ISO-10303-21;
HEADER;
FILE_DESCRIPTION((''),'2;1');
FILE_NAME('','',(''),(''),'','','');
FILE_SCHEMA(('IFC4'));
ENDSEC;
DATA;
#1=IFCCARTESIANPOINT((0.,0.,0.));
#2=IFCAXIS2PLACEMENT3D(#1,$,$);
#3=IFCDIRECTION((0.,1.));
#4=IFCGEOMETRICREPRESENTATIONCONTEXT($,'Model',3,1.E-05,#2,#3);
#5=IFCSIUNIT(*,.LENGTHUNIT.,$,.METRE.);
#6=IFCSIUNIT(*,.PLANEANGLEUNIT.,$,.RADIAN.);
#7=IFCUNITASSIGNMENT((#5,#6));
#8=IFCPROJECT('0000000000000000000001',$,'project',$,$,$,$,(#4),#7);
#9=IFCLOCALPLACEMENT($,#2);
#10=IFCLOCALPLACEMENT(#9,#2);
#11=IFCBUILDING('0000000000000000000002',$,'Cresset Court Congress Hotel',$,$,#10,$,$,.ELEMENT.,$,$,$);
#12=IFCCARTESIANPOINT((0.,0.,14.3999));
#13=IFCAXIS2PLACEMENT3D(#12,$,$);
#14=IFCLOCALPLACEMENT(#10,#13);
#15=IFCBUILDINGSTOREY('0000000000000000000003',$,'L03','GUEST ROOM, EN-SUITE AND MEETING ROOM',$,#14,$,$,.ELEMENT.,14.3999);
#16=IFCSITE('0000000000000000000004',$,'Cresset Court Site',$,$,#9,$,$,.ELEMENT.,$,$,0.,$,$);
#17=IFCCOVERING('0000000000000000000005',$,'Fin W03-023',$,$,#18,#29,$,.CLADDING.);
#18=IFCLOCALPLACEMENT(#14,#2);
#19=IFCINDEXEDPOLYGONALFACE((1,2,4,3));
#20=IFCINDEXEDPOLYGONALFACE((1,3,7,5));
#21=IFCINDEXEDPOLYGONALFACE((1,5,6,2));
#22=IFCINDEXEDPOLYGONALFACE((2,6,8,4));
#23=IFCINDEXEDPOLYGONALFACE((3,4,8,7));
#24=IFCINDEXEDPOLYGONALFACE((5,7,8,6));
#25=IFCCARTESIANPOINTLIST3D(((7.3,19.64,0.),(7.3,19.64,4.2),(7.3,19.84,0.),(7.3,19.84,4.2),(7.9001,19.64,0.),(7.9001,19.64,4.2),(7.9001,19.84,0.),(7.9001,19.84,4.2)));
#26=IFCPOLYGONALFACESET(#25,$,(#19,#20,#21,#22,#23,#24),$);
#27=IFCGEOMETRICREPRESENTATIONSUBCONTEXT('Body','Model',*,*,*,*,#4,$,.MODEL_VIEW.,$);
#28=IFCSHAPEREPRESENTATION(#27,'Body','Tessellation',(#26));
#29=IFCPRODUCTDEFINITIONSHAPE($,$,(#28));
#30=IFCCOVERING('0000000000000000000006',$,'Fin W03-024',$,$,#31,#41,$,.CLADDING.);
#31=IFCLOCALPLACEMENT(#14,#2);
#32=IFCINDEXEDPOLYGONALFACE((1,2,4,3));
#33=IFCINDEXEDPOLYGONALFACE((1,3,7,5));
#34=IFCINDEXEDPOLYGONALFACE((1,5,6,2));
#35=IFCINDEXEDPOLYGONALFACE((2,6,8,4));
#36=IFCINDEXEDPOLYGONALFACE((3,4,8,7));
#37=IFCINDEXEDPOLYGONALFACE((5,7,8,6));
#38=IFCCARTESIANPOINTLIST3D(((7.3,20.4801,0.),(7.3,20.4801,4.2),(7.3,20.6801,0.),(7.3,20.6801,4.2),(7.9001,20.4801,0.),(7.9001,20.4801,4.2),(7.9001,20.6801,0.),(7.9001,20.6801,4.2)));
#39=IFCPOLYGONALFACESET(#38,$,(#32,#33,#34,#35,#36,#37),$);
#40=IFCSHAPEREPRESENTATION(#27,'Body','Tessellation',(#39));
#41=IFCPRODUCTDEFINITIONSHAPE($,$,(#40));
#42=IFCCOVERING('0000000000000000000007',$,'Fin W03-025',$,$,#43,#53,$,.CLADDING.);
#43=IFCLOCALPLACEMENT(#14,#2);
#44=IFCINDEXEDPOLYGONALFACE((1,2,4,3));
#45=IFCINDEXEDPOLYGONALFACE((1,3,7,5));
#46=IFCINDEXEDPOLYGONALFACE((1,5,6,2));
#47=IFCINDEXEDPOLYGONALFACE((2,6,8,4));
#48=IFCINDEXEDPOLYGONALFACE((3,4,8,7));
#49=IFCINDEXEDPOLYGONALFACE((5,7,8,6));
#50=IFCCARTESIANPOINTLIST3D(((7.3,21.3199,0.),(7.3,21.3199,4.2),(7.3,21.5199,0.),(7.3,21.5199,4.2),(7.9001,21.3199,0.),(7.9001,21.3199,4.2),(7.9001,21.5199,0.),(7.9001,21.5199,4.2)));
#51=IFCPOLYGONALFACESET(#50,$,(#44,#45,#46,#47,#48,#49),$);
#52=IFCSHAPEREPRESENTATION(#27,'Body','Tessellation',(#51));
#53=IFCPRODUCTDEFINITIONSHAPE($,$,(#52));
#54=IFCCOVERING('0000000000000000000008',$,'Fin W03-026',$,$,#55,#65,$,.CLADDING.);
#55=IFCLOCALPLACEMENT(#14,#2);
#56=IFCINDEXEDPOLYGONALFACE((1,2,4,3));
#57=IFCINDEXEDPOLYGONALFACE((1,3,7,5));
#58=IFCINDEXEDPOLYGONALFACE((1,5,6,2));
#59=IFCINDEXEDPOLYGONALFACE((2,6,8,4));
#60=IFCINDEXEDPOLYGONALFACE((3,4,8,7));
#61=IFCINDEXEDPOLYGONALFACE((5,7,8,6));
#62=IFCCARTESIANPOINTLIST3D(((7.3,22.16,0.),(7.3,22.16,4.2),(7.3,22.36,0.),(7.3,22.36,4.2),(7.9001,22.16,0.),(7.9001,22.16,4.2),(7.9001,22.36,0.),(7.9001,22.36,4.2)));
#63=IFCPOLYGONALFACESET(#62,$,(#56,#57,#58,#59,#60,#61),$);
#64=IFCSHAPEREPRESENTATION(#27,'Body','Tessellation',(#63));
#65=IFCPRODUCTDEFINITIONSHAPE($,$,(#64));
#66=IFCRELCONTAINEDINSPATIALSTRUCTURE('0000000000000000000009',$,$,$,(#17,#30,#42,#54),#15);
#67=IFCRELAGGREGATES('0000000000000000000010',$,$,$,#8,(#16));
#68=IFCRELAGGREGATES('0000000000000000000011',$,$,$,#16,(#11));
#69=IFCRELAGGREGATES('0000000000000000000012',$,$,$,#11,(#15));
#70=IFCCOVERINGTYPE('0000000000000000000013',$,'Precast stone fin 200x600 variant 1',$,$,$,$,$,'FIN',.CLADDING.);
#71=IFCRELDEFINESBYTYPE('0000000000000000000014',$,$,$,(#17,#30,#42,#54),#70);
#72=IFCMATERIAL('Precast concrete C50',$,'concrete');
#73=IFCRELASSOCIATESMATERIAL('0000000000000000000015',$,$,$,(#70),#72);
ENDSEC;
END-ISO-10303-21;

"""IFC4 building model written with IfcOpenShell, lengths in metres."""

from ifc_helpers import new_model, si_unit, direction, frame, origin, origin_2d, place, context, subcontext, project, spatial, rectangle, extrude, material, type_object, element, save


model = new_model("IFC4")

# Units and contexts
model_context = context("Model", 3, precision=1e-05, world=origin(), true_north=direction((0.0, 1.0)))
body_context = subcontext(model_context, "Body", "Model", "MODEL_VIEW")
ifc_project = project(units=[si_unit("LENGTHUNIT", "METRE"), si_unit("PLANEANGLEUNIT", "RADIAN")], contexts=[model_context])

# Site, building, storey
site_placement = place(None, origin())
site = spatial("IfcSite", under=ifc_project, at=site_placement, Name="Cresset Court Site", CompositionType="ELEMENT", RefElevation=0.0)
building_placement = place(site_placement, origin())
building = spatial("IfcBuilding", under=site, at=building_placement, Name="Cresset Court Congress Hotel", CompositionType="ELEMENT")
storey_placement = place(building_placement, frame((0.0, 0.0, 14.3999)))
storey = spatial("IfcBuildingStorey", under=building, at=storey_placement, Name="L03", Description="GUEST ROOM, EN-SUITE AND MEETING ROOM", CompositionType="ELEMENT", Elevation=14.3999)

# Coverings
ifc_material_1 = material(Name="Precast concrete C50", Category="concrete")
covering_type = type_object("IfcCoveringType", Name="Precast stone fin 200x600 variant 1", ElementType="FIN", PredefinedType="CLADDING", material=ifc_material_1)
for number, where, z_axis, x_axis, name in (
    (1, (7.6001, 19.74, 0.0), (0.0, 0.0, 1.0), (1.0, 0.0, 0.0), "Fin W03-023"),
    (2, (7.6001, 20.5801, 0.0), (0.0, 0.0, 1.0), (1.0, 0.0, 0.0), "Fin W03-024"),
    (3, (7.6001, 21.4199, 0.0), (0.0, 0.0, 1.0), (1.0, 0.0, 0.0), "Fin W03-025"),
    (4, (7.6001, 22.26, 0.0), (0.0, 0.0, 1.0), (1.0, 0.0, 0.0), "Fin W03-026"),
):
    element("IfcCovering", number, at=place(storey_placement, frame(where, z_axis=z_axis, x_axis=x_axis)), inside=storey, type_object=covering_type, Name=name, PredefinedType="CLADDING", context=body_context, shape_type="SweptSolid", body=[
        extrude(rectangle(XDim=0.6001, YDim=0.2, at=origin_2d()), origin(), (0.0, 0.0, 1.0), 4.2),
    ])

save(model, "model.ifc")
